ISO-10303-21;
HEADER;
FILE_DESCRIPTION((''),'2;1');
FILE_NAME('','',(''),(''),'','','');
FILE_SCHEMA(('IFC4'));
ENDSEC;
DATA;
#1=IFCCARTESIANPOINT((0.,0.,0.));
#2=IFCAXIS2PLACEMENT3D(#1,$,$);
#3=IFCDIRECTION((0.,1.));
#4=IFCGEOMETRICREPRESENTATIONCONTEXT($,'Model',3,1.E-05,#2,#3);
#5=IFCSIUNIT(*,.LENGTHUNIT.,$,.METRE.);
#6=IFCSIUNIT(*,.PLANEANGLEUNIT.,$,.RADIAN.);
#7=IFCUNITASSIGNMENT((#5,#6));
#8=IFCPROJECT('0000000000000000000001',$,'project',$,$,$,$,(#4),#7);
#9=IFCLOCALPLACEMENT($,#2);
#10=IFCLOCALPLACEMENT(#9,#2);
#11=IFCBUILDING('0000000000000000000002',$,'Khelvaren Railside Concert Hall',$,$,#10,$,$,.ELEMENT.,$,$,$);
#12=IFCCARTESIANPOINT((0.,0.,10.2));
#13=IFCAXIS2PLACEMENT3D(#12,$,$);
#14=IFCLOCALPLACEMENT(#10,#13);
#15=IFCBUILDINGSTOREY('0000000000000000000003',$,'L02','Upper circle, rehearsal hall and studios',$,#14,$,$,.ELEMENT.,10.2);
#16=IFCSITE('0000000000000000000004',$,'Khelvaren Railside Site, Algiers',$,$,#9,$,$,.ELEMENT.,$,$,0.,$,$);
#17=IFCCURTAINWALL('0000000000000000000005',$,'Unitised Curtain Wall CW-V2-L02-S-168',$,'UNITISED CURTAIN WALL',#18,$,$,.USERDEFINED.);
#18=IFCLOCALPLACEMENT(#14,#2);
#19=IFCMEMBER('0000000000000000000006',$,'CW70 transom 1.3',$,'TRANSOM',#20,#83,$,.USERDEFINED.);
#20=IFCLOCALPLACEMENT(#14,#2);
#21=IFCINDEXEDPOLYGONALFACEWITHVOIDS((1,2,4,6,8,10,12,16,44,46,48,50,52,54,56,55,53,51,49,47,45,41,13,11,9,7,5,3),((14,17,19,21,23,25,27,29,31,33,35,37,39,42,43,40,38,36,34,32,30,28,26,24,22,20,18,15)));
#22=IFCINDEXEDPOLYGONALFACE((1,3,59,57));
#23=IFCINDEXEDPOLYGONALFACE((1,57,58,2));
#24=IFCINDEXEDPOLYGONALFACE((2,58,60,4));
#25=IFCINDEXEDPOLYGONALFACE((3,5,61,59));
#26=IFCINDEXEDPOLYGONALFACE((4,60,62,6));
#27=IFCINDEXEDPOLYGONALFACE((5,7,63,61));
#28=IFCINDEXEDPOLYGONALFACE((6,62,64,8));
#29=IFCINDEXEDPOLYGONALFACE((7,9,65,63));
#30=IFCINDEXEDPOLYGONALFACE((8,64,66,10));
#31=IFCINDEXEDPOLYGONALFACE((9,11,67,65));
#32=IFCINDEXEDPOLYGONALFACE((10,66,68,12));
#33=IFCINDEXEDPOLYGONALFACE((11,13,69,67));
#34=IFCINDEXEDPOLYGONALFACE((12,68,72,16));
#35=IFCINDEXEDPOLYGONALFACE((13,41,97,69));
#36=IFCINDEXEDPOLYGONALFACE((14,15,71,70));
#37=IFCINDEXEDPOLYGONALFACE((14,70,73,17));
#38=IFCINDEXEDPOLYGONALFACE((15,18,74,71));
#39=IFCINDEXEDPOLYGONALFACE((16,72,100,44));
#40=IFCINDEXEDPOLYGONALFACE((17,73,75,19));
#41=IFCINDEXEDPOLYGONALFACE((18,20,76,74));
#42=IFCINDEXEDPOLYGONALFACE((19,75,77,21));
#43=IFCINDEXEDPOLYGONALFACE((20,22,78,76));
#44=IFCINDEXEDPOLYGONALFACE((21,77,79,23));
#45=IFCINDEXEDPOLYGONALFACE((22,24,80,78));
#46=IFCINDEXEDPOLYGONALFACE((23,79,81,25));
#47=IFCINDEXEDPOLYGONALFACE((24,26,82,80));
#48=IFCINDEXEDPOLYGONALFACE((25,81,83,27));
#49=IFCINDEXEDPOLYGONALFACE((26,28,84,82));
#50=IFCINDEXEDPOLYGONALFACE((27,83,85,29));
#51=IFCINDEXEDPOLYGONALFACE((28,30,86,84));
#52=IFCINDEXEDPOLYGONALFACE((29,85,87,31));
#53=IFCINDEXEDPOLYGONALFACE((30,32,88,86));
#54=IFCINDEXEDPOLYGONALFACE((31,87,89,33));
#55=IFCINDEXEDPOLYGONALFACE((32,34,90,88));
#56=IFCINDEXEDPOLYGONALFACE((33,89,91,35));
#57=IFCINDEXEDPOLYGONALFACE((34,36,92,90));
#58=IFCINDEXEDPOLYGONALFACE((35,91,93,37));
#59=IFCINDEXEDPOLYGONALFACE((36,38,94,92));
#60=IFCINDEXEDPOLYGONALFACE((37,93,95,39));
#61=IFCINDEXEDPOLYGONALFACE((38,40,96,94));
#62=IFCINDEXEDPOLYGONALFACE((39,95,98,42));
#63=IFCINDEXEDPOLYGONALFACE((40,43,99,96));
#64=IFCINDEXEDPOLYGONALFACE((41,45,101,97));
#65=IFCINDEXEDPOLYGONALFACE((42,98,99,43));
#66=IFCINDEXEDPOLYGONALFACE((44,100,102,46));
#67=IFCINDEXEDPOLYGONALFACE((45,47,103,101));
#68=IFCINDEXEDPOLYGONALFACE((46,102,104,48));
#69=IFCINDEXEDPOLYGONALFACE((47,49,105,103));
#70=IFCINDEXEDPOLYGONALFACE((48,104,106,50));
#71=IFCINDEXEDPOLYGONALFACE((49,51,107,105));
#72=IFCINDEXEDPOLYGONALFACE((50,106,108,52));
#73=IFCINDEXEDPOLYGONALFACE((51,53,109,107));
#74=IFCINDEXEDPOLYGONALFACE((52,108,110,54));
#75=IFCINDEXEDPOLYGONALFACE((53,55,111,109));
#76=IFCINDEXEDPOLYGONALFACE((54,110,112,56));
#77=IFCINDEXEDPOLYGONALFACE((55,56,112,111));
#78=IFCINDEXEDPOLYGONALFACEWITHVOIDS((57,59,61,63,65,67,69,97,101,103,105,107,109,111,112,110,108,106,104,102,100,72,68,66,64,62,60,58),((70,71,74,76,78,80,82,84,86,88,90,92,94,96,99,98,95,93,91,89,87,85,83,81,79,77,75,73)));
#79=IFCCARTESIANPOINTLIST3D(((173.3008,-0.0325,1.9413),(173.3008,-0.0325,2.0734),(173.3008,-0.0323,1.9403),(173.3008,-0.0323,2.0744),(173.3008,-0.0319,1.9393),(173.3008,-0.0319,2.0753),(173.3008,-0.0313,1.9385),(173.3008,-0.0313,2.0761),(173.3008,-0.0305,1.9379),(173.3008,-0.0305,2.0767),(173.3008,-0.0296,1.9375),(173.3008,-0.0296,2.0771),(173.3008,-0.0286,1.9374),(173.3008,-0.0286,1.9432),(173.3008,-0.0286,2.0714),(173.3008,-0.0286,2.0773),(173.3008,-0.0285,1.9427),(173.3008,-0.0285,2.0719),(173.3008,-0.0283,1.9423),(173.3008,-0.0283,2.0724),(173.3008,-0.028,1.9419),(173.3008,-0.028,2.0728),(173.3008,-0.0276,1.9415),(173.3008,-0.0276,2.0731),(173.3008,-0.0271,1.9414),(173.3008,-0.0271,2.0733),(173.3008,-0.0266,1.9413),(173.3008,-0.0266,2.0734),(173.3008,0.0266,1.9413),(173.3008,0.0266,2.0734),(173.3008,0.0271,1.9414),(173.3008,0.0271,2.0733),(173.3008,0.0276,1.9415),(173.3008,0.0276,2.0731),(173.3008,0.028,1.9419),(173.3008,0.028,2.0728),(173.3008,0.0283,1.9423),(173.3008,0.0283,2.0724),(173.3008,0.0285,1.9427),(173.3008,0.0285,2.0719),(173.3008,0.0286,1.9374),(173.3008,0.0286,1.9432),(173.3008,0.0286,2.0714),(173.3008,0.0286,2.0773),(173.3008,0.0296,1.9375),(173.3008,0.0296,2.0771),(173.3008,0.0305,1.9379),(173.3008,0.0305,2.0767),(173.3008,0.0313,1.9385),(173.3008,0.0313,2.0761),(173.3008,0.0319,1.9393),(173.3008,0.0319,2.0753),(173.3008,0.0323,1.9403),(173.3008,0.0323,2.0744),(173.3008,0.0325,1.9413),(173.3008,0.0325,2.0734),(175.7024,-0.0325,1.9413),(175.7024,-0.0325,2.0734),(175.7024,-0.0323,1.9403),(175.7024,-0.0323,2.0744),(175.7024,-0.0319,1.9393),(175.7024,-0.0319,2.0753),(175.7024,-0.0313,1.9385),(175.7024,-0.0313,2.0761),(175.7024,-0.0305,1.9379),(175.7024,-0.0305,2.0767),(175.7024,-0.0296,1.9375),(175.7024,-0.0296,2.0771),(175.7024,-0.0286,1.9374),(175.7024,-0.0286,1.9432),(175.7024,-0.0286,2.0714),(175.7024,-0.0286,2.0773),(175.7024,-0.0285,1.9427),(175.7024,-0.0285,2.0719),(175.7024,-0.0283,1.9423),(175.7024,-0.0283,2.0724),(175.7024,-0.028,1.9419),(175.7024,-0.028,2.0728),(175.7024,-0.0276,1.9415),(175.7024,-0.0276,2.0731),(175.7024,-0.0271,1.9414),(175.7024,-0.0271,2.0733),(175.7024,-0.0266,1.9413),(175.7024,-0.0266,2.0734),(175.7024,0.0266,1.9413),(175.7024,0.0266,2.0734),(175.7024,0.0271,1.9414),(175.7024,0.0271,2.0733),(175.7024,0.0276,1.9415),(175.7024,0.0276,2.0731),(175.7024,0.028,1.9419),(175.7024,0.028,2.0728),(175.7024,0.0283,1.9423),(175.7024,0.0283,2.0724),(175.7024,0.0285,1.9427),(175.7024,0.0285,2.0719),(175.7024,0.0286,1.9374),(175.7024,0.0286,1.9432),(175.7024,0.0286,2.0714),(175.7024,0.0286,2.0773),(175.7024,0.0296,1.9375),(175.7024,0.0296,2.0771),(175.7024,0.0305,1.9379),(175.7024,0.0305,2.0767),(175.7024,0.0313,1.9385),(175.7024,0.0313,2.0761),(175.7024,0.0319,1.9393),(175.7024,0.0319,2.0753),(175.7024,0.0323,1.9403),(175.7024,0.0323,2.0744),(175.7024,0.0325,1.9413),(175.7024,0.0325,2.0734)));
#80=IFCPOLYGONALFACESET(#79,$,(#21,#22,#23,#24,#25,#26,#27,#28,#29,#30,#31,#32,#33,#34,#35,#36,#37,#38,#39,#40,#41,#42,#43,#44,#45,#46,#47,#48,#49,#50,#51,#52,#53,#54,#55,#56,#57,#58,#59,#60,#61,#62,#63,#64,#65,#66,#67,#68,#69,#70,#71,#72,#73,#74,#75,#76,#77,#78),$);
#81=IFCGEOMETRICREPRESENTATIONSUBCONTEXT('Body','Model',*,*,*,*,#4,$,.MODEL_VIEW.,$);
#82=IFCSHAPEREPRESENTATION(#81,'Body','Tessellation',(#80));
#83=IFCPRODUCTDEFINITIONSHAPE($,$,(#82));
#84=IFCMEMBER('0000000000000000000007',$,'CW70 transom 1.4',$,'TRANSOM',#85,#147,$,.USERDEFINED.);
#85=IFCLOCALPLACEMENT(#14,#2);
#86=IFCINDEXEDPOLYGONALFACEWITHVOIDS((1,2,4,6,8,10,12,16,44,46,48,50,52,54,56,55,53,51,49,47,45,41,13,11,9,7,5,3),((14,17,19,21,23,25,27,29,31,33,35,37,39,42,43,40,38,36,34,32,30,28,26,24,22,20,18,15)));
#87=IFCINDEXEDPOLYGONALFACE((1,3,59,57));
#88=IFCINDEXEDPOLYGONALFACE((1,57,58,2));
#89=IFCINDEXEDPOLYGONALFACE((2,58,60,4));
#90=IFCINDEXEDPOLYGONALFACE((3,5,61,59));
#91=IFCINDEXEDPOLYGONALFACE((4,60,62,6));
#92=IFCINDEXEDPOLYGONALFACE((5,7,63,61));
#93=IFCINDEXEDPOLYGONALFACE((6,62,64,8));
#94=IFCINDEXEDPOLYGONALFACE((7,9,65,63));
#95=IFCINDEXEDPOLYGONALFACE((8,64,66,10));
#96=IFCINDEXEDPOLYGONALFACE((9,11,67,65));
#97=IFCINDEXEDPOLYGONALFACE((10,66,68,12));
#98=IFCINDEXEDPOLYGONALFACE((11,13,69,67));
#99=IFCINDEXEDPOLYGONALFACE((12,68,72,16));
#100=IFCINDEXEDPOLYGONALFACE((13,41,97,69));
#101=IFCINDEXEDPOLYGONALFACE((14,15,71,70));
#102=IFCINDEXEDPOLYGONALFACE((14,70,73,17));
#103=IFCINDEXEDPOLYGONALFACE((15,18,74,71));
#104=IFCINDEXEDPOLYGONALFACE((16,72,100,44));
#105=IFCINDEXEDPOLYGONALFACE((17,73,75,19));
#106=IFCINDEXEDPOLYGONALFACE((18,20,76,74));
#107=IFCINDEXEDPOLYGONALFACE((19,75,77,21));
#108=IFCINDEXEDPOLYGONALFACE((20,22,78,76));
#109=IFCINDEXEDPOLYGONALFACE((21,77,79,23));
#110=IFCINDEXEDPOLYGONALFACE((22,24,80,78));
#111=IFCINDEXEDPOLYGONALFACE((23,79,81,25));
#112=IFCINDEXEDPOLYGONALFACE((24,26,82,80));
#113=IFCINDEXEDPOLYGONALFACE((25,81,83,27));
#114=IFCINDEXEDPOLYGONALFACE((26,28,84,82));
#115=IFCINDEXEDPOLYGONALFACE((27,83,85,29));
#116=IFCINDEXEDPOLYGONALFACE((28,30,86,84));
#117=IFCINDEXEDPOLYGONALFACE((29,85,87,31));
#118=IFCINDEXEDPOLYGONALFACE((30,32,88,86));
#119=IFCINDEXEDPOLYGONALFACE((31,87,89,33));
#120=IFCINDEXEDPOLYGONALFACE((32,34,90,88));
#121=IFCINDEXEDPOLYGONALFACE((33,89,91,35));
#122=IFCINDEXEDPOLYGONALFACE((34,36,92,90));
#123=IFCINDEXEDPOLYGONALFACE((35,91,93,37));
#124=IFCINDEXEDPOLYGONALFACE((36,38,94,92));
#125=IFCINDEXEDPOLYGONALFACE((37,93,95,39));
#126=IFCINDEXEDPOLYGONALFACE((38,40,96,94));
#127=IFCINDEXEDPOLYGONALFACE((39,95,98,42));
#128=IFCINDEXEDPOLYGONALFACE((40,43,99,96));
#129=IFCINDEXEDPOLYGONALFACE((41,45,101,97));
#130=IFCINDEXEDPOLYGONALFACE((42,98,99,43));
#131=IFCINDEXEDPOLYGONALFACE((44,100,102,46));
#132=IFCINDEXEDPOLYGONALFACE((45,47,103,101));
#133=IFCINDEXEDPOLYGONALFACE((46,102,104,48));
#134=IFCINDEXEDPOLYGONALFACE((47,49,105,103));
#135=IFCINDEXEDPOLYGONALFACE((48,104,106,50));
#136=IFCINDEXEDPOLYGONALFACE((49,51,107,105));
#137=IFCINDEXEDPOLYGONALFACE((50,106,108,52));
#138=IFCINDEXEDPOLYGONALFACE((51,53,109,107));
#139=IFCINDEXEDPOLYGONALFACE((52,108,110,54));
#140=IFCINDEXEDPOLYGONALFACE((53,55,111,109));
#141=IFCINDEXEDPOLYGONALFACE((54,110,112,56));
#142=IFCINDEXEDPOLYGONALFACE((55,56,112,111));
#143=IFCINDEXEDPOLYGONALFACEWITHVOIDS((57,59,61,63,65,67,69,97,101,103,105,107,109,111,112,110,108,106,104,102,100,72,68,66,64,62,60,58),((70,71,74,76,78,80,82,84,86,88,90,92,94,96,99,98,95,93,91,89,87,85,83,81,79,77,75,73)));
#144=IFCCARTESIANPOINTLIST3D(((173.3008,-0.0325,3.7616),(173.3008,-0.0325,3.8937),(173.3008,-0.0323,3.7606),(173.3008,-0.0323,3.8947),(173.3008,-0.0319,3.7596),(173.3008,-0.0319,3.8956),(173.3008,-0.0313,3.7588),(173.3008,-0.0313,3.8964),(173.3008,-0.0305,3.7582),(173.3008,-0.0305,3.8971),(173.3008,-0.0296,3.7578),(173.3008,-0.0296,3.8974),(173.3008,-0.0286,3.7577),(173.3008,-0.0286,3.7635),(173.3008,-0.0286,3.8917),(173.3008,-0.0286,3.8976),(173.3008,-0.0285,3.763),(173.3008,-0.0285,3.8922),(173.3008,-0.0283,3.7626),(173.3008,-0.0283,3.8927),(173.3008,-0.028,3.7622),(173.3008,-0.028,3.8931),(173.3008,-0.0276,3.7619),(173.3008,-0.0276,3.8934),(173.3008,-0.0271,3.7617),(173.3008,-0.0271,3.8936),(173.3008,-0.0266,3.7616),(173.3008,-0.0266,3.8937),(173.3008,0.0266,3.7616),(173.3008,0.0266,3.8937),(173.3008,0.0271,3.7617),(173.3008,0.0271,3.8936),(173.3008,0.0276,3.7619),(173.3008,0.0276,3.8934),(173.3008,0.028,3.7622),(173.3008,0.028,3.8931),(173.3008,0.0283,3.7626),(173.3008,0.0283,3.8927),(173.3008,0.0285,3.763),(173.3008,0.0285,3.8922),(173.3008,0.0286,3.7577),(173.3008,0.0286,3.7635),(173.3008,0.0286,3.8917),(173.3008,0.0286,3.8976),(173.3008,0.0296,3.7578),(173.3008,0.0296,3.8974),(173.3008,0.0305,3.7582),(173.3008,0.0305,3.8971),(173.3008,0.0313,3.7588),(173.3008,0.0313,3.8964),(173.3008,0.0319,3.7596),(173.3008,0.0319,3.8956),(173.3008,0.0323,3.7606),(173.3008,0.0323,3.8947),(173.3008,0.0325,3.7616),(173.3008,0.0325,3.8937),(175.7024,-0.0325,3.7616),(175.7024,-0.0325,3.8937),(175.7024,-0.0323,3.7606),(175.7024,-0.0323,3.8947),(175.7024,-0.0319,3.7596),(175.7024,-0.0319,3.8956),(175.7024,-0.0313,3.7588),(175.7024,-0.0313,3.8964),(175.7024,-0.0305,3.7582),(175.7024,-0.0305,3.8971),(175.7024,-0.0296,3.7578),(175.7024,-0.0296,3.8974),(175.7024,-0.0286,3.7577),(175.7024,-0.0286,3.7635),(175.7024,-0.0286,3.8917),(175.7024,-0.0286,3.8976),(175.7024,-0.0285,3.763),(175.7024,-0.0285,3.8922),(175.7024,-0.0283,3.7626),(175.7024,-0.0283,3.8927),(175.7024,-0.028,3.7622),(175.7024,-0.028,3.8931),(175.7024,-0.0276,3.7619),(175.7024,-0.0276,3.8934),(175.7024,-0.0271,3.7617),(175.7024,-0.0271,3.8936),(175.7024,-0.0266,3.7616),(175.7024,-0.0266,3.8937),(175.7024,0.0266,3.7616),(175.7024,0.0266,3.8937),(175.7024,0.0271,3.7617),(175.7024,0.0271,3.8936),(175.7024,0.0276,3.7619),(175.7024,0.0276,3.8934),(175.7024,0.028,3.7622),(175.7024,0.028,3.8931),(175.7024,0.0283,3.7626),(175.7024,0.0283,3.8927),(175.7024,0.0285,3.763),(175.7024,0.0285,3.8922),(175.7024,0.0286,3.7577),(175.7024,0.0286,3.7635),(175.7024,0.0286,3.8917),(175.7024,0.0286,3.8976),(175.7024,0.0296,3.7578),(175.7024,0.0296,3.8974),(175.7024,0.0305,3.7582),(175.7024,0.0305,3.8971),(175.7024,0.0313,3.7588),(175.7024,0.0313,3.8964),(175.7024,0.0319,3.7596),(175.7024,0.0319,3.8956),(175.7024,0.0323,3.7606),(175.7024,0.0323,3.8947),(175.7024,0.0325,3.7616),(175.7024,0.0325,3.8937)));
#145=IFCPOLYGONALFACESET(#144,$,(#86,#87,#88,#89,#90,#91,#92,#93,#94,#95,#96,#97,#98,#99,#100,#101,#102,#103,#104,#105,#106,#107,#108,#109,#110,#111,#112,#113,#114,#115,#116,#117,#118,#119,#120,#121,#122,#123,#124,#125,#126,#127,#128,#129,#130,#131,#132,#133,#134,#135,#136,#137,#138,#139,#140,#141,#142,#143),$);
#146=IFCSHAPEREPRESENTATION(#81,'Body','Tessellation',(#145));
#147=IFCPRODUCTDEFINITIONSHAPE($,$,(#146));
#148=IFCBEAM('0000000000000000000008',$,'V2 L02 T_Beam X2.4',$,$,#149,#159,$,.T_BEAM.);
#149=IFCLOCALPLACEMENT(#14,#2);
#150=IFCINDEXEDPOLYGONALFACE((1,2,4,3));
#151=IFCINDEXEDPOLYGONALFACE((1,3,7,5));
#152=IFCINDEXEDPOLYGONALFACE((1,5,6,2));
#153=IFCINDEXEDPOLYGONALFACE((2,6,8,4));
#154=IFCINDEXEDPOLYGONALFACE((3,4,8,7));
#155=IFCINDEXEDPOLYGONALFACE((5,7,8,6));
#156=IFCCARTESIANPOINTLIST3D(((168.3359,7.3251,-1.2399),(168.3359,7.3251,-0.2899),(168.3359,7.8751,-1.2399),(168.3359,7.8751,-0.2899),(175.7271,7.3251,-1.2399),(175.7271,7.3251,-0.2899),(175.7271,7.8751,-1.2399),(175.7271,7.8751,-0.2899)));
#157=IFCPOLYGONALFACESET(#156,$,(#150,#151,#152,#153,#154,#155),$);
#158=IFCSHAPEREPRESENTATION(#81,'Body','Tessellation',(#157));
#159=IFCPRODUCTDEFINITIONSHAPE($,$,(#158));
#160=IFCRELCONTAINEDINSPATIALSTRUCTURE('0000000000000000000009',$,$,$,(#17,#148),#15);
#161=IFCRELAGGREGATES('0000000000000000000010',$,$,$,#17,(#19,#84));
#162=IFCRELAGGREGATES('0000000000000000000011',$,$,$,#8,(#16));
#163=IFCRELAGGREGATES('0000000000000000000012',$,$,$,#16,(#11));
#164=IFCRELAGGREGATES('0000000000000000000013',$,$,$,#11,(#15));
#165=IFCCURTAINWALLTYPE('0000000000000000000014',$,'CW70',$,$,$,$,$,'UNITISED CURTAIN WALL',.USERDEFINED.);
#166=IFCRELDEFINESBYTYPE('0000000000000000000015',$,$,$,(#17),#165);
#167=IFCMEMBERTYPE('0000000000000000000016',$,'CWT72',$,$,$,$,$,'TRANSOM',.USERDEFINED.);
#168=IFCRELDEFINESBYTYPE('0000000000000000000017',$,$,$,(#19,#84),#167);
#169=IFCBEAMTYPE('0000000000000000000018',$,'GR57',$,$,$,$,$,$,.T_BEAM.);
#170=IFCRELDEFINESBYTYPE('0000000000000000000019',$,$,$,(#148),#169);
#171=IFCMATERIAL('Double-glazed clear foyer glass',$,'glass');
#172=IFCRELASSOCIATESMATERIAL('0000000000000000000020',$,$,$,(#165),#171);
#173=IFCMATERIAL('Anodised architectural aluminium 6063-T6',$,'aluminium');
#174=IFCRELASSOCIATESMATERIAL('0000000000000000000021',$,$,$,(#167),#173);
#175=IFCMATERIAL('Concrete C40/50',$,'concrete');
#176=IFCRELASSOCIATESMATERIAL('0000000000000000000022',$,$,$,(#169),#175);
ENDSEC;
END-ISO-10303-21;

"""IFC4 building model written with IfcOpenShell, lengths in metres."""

from ifc_helpers import new_model, si_unit, direction, frame, origin, origin_2d, place, context, subcontext, project, spatial, rectangle, hollow_rectangle, extrude, material, material_profile, profile_set, type_object, element, aggregate, save


model = new_model("IFC4")

# Units and contexts
model_context = context("Model", 3, precision=1e-05, world=origin(), true_north=direction((0.0, 1.0)))
body_context = subcontext(model_context, "Body", "Model", "MODEL_VIEW")
ifc_project = project(units=[si_unit("LENGTHUNIT", "METRE"), si_unit("PLANEANGLEUNIT", "RADIAN")], contexts=[model_context])

# Site, building, storey
site_placement = place(None, origin())
site = spatial("IfcSite", under=ifc_project, at=site_placement, Name="Khelvaren Railside Site, Algiers", CompositionType="ELEMENT", RefElevation=0.0)
building_placement = place(site_placement, origin())
building = spatial("IfcBuilding", under=site, at=building_placement, Name="Khelvaren Railside Concert Hall", CompositionType="ELEMENT")
storey_placement = place(building_placement, frame((0.0, 0.0, 10.2)))
storey = spatial("IfcBuildingStorey", under=building, at=storey_placement, Name="L02", Description="Upper circle, rehearsal hall and studios", CompositionType="ELEMENT", Elevation=10.2)

# Shared definitions
ifc_material_1 = material(Name="Concrete C40/50", Category="concrete")

# Curtain wall, members
ifc_material_2 = material(Name="Double-glazed clear foyer glass", Category="glass")
curtain_wall_type = type_object("IfcCurtainWallType", Name="CW70", ElementType="UNITISED CURTAIN WALL", PredefinedType="USERDEFINED", material=ifc_material_2)
curtain_wall_placement = place(storey_placement, origin())
curtain_wall = element("IfcCurtainWall", 1, at=curtain_wall_placement, inside=storey, type_object=curtain_wall_type, Name="Unitised Curtain Wall CW-V2-L02-S-168", ObjectType="UNITISED CURTAIN WALL", PredefinedType="USERDEFINED")
ifc_material_3 = material(Name="Anodised architectural aluminium 6063-T6", Category="aluminium")
ifc_material_profile_1 = material_profile(ifc_material_3, hollow_rectangle(XDim=0.0649, YDim=0.1399, WallThickness=0.0039, InnerFilletRadius=0.002, OuterFilletRadius=0.0039, at=origin_2d()), Name="CWT 65x140x4")
ifc_profile_set_1 = profile_set([ifc_material_profile_1], Name="Anodised architectural aluminium 6063-T6")
member_type_1 = type_object("IfcMemberType", Name="CWT72", ElementType="TRANSOM", PredefinedType="USERDEFINED", material=ifc_profile_set_1)
member_1_placement = place(storey_placement, frame((175.7024, 0.0, 2.0073), z_axis=(-1.0, 0.0, 0.0), x_axis=(0.0, -1.0, 0.0)))
member_1 = element("IfcMember", 2, at=member_1_placement, type_object=member_type_1, Name="CW70 transom 1.3", ObjectType="TRANSOM", PredefinedType="USERDEFINED", context=body_context, shape_type="SweptSolid", body=[
    extrude(hollow_rectangle(XDim=0.0649, YDim=0.1399, WallThickness=0.0039, InnerFilletRadius=0.002, OuterFilletRadius=0.0039, at=origin_2d()), origin(), (0.0, 0.0, 1.0), 2.4016),
])
member_2_placement = place(storey_placement, frame((175.7024, 0.0, 3.8276), z_axis=(-1.0, 0.0, 0.0), x_axis=(0.0, -1.0, 0.0)))
member_2 = element("IfcMember", 3, at=member_2_placement, type_object=member_type_1, Name="CW70 transom 1.4", ObjectType="TRANSOM", PredefinedType="USERDEFINED", context=body_context, shape_type="SweptSolid", body=[
    extrude(hollow_rectangle(XDim=0.0649, YDim=0.1399, WallThickness=0.0039, InnerFilletRadius=0.002, OuterFilletRadius=0.0039, at=origin_2d()), origin(), (0.0, 0.0, 1.0), 2.4016),
])

# Beam
ifc_material_profile_2 = material_profile(ifc_material_1, rectangle(XDim=0.55, YDim=0.95, at=origin_2d()), Name="RCB 550x950")
ifc_profile_set_2 = profile_set([ifc_material_profile_2], Name="Concrete C40/50")
beam_type_1 = type_object("IfcBeamType", Name="GR57", PredefinedType="T_BEAM", material=ifc_profile_set_2)
beam_1_placement = place(storey_placement, frame((168.3359, 7.6001, -0.7649), z_axis=(1.0, 0.0, 0.0), x_axis=(0.0, 1.0, 0.0)))
element("IfcBeam", 4, at=beam_1_placement, inside=storey, type_object=beam_type_1, Name="V2 L02 T_Beam X2.4", PredefinedType="T_BEAM", context=body_context, shape_type="SweptSolid", body=[
    extrude(rectangle(XDim=0.55, YDim=0.95, at=origin_2d()), origin(), (0.0, 0.0, 1.0), 7.3911),
])

aggregate(curtain_wall, [member_1, member_2])

save(model, "model.ifc")
